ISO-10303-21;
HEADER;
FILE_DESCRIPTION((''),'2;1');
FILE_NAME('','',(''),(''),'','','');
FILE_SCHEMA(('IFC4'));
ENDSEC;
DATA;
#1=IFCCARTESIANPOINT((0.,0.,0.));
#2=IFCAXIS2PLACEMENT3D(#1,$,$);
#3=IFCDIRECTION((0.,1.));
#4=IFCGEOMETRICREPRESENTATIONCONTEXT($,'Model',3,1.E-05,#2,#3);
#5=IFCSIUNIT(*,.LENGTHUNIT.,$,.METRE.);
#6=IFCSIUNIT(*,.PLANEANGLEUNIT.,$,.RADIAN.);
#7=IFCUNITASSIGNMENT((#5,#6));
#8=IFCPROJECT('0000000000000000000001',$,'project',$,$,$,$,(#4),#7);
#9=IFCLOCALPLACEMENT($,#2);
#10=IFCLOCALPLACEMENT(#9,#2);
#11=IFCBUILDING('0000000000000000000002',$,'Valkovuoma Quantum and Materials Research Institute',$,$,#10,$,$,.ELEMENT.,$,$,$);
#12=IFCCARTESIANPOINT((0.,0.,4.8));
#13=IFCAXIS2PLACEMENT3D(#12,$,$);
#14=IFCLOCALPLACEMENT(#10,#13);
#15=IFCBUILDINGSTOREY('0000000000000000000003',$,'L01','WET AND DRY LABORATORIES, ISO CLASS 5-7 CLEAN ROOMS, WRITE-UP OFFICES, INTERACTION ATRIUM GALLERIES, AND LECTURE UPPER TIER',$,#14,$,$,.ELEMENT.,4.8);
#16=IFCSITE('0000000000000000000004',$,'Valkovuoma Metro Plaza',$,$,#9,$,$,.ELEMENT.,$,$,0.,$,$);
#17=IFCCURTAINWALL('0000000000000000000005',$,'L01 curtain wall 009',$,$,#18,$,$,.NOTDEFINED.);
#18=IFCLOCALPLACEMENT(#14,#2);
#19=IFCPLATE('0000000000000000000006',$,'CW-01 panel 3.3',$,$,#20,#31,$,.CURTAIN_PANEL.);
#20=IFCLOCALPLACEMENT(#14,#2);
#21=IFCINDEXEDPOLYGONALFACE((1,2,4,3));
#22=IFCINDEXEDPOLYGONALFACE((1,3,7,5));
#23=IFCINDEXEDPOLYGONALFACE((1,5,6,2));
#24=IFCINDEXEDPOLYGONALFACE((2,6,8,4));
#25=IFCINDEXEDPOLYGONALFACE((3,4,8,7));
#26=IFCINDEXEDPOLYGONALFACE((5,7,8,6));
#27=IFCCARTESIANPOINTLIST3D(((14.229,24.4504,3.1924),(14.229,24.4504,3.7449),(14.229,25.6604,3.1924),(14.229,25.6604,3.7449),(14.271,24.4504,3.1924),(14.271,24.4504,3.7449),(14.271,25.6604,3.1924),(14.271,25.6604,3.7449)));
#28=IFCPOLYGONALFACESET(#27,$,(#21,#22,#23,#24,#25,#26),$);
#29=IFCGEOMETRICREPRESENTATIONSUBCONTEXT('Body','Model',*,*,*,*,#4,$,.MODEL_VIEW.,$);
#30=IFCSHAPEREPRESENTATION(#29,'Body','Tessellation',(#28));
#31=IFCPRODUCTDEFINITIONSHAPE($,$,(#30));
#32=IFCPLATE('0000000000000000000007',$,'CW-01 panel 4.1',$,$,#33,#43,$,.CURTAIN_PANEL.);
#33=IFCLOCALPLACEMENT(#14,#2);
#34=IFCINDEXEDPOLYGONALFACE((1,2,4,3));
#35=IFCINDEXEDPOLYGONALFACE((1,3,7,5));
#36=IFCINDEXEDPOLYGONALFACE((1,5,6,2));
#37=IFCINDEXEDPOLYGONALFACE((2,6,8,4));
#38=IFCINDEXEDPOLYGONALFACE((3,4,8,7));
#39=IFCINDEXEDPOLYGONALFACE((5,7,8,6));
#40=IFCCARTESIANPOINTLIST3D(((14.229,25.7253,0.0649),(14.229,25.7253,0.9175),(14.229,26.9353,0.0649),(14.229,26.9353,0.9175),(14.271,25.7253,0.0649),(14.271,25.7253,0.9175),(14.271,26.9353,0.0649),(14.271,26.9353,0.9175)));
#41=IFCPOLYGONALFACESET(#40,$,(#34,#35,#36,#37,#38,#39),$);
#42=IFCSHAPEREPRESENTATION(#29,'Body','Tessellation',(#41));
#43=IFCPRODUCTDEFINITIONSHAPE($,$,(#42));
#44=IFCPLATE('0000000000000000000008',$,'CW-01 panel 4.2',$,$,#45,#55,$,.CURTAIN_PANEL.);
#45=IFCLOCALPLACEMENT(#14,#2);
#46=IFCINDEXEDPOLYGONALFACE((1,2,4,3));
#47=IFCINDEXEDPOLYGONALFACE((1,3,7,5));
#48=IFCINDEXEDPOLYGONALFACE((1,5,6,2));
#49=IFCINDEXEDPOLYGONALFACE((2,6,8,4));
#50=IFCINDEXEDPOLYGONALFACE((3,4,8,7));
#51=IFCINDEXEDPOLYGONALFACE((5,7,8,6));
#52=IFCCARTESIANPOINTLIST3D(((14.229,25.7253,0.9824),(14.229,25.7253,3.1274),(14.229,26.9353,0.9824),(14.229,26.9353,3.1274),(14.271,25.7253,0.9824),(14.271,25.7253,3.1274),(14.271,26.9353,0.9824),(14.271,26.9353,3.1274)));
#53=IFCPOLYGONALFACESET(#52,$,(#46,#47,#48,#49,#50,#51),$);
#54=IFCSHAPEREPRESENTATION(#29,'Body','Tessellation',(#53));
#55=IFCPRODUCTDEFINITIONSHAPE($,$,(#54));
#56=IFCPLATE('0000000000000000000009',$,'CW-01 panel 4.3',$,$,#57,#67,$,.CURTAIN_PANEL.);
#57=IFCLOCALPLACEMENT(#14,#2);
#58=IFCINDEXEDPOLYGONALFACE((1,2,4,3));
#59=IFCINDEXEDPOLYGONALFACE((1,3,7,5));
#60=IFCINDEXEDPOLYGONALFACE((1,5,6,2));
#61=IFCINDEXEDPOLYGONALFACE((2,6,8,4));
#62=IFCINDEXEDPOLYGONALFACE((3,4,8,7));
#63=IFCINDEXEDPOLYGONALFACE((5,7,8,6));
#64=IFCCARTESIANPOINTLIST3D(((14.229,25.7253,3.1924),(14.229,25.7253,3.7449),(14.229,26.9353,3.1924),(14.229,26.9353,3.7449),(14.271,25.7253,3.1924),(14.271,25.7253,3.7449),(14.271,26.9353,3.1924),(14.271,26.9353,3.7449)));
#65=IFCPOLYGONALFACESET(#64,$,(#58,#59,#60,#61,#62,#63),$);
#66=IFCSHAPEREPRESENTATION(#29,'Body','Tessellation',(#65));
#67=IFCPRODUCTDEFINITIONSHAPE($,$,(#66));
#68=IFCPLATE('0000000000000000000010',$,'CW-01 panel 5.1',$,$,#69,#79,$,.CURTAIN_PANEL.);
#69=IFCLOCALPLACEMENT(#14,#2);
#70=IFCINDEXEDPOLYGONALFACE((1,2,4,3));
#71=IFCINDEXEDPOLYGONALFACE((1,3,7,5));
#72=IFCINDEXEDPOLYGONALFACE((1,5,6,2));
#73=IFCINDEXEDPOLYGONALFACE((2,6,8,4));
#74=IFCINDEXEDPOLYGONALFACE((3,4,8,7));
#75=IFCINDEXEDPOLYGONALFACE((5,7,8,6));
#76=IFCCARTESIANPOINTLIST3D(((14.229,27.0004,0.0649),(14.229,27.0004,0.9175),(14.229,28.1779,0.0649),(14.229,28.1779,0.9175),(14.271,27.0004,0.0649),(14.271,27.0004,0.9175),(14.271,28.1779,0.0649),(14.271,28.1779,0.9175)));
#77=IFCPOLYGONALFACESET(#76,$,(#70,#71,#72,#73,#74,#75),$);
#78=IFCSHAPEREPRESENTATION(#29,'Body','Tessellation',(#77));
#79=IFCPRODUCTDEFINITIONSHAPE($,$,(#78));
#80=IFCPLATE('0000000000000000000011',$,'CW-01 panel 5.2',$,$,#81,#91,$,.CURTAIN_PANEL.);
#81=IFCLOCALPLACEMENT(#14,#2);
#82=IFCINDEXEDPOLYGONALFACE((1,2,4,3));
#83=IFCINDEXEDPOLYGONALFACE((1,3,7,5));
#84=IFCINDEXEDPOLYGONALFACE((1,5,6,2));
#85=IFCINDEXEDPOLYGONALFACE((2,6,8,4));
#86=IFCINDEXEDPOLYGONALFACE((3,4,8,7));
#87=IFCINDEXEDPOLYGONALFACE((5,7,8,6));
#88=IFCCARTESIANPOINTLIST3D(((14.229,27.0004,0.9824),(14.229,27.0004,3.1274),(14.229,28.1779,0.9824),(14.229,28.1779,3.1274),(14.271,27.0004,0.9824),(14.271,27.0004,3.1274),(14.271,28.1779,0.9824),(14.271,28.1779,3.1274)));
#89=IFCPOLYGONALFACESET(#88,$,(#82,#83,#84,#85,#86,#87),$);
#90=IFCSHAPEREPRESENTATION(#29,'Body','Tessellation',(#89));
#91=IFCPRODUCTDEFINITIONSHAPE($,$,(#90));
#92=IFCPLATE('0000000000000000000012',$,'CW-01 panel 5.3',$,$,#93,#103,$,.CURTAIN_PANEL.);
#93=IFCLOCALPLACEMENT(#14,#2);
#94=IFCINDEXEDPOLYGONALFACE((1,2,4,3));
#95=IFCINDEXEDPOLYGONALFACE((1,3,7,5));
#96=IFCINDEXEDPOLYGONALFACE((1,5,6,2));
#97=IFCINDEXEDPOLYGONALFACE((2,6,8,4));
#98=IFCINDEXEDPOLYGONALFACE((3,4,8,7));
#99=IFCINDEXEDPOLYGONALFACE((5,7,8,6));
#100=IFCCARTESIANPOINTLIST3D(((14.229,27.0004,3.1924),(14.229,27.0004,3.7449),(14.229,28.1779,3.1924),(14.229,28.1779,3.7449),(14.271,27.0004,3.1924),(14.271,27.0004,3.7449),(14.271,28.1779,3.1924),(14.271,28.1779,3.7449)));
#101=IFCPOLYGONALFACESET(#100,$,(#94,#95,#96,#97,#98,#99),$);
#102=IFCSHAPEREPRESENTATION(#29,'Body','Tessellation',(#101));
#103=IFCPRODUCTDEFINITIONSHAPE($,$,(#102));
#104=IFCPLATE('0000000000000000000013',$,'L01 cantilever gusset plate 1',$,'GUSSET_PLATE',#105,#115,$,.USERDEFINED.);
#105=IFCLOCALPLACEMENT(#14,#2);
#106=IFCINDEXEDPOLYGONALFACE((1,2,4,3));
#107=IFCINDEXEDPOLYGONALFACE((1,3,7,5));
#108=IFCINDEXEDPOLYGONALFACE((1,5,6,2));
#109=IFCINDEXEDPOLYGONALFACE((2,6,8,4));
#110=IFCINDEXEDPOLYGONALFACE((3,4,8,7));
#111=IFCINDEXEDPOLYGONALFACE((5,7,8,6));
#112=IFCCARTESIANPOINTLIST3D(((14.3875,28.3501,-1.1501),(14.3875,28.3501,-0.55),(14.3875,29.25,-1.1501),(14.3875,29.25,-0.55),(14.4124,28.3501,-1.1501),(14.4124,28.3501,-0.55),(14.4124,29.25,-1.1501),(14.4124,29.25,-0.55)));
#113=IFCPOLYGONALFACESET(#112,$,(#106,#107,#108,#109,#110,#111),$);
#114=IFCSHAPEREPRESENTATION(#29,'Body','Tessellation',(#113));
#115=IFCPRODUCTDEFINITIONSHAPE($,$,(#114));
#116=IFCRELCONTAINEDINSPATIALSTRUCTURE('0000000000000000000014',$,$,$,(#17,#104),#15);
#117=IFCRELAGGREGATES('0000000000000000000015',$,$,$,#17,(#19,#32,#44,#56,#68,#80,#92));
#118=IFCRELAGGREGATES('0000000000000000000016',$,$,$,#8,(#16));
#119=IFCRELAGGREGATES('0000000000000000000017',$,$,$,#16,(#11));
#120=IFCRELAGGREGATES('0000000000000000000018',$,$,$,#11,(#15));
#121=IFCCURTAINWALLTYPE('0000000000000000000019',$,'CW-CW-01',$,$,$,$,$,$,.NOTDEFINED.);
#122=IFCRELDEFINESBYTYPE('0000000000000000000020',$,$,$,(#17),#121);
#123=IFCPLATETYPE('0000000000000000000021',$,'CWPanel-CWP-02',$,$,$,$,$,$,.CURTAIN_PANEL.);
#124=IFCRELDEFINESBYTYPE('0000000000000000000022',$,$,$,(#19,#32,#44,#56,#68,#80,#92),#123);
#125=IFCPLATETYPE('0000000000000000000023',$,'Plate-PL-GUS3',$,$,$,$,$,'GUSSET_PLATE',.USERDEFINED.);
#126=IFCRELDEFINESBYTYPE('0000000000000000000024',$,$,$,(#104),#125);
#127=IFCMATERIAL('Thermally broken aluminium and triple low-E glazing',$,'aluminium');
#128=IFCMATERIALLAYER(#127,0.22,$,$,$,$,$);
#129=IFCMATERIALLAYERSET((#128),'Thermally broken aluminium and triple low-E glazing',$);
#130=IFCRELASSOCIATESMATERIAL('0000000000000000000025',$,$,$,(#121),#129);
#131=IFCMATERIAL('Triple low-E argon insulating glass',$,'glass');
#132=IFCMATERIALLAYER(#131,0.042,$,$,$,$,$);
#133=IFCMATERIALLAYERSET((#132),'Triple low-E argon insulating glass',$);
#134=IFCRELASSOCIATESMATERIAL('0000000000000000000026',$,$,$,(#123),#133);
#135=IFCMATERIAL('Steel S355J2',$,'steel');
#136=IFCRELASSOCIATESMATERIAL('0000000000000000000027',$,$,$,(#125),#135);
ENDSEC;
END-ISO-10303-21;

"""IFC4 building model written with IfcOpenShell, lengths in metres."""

from ifc_helpers import new_model, si_unit, direction, frame, origin, origin_2d, place, context, subcontext, project, spatial, rectangle, extrude, material, layer, layer_set, type_object, element, aggregate, save


model = new_model("IFC4")

# Units and contexts
model_context = context("Model", 3, precision=1e-05, world=origin(), true_north=direction((0.0, 1.0)))
body_context = subcontext(model_context, "Body", "Model", "MODEL_VIEW")
ifc_project = project(units=[si_unit("LENGTHUNIT", "METRE"), si_unit("PLANEANGLEUNIT", "RADIAN")], contexts=[model_context])

# Site, building, storey
site_placement = place(None, origin())
site = spatial("IfcSite", under=ifc_project, at=site_placement, Name="Valkovuoma Metro Plaza", CompositionType="ELEMENT", RefElevation=0.0)
building_placement = place(site_placement, origin())
building = spatial("IfcBuilding", under=site, at=building_placement, Name="Valkovuoma Quantum and Materials Research Institute", CompositionType="ELEMENT")
storey_placement = place(building_placement, frame((0.0, 0.0, 4.8)))
storey = spatial("IfcBuildingStorey", under=building, at=storey_placement, Name="L01", Description="WET AND DRY LABORATORIES, ISO CLASS 5-7 CLEAN ROOMS, WRITE-UP OFFICES, INTERACTION ATRIUM GALLERIES, AND LECTURE UPPER TIER", CompositionType="ELEMENT", Elevation=4.8)

# Curtain wall
ifc_material_1 = material(Name="Thermally broken aluminium and triple low-E glazing", Category="aluminium")
ifc_layer_1 = layer(ifc_material_1, 0.22)
ifc_layer_set_1 = layer_set([ifc_layer_1], Name="Thermally broken aluminium and triple low-E glazing")
curtain_wall_type = type_object("IfcCurtainWallType", Name="CW-CW-01", PredefinedType="NOTDEFINED", material=ifc_layer_set_1)
curtain_wall_1_placement = place(storey_placement, origin())
curtain_wall_1 = element("IfcCurtainWall", 1, at=curtain_wall_1_placement, inside=storey, type_object=curtain_wall_type, Name="L01 curtain wall 009", PredefinedType="NOTDEFINED")

# Plates
ifc_material_2 = material(Name="Triple low-E argon insulating glass", Category="glass")
ifc_layer_2 = layer(ifc_material_2, 0.042)
ifc_layer_set_2 = layer_set([ifc_layer_2], Name="Triple low-E argon insulating glass")
plate_type_1 = type_object("IfcPlateType", Name="CWPanel-CWP-02", PredefinedType="CURTAIN_PANEL", material=ifc_layer_set_2)
plate_1_placement = place(storey_placement, frame((14.25, 25.0554, 3.1924), z_axis=(0.0, 0.0, 1.0), x_axis=(0.0, 1.0, 0.0)))
plate_1 = element("IfcPlate", 2, at=plate_1_placement, type_object=plate_type_1, Name="CW-01 panel 3.3", PredefinedType="CURTAIN_PANEL", context=body_context, shape_type="SweptSolid", body=[
    extrude(rectangle(XDim=1.21, YDim=0.042, at=origin_2d()), origin(), (0.0, 0.0, 1.0), 0.5525),
])
plate_2_placement = place(storey_placement, frame((14.25, 26.3303, 0.0649), z_axis=(0.0, 0.0, 1.0), x_axis=(0.0, 1.0, 0.0)))
plate_2 = element("IfcPlate", 3, at=plate_2_placement, type_object=plate_type_1, Name="CW-01 panel 4.1", PredefinedType="CURTAIN_PANEL", context=body_context, shape_type="SweptSolid", body=[
    extrude(rectangle(XDim=1.21, YDim=0.042, at=origin_2d()), origin(), (0.0, 0.0, 1.0), 0.8525),
])
plate_3_placement = place(storey_placement, frame((14.25, 26.3303, 0.9824), z_axis=(0.0, 0.0, 1.0), x_axis=(0.0, 1.0, 0.0)))
plate_3 = element("IfcPlate", 4, at=plate_3_placement, type_object=plate_type_1, Name="CW-01 panel 4.2", PredefinedType="CURTAIN_PANEL", context=body_context, shape_type="SweptSolid", body=[
    extrude(rectangle(XDim=1.21, YDim=0.042, at=origin_2d()), origin(), (0.0, 0.0, 1.0), 2.145),
])
plate_4_placement = place(storey_placement, frame((14.25, 26.3303, 3.1924), z_axis=(0.0, 0.0, 1.0), x_axis=(0.0, 1.0, 0.0)))
plate_4 = element("IfcPlate", 5, at=plate_4_placement, type_object=plate_type_1, Name="CW-01 panel 4.3", PredefinedType="CURTAIN_PANEL", context=body_context, shape_type="SweptSolid", body=[
    extrude(rectangle(XDim=1.21, YDim=0.042, at=origin_2d()), origin(), (0.0, 0.0, 1.0), 0.5525),
])
plate_5_placement = place(storey_placement, frame((14.25, 27.5891, 0.0649), z_axis=(0.0, 0.0, 1.0), x_axis=(0.0, 1.0, 0.0)))
plate_5 = element("IfcPlate", 6, at=plate_5_placement, type_object=plate_type_1, Name="CW-01 panel 5.1", PredefinedType="CURTAIN_PANEL", context=body_context, shape_type="SweptSolid", body=[
    extrude(rectangle(XDim=1.1775, YDim=0.042, at=origin_2d()), origin(), (0.0, 0.0, 1.0), 0.8525),
])
plate_6_placement = place(storey_placement, frame((14.25, 27.5891, 0.9824), z_axis=(0.0, 0.0, 1.0), x_axis=(0.0, 1.0, 0.0)))
plate_6 = element("IfcPlate", 7, at=plate_6_placement, type_object=plate_type_1, Name="CW-01 panel 5.2", PredefinedType="CURTAIN_PANEL", context=body_context, shape_type="SweptSolid", body=[
    extrude(rectangle(XDim=1.1775, YDim=0.042, at=origin_2d()), origin(), (0.0, 0.0, 1.0), 2.145),
])
plate_7_placement = place(storey_placement, frame((14.25, 27.5891, 3.1924), z_axis=(0.0, 0.0, 1.0), x_axis=(0.0, 1.0, 0.0)))
plate_7 = element("IfcPlate", 8, at=plate_7_placement, type_object=plate_type_1, Name="CW-01 panel 5.3", PredefinedType="CURTAIN_PANEL", context=body_context, shape_type="SweptSolid", body=[
    extrude(rectangle(XDim=1.1775, YDim=0.042, at=origin_2d()), origin(), (0.0, 0.0, 1.0), 0.5525),
])
aggregate(curtain_wall_1, [plate_1, plate_2, plate_3, plate_4, plate_5, plate_6, plate_7])
ifc_material_3 = material(Name="Steel S355J2", Category="steel")
plate_type_2 = type_object("IfcPlateType", Name="Plate-PL-GUS3", ElementType="GUSSET_PLATE", PredefinedType="USERDEFINED", material=ifc_material_3)
plate_8_placement = place(storey_placement, frame((14.3999, 28.8, -1.1501), z_axis=(0.0, 0.0, 1.0), x_axis=(0.0, 1.0, 0.0)))
element("IfcPlate", 9, at=plate_8_placement, inside=storey, type_object=plate_type_2, Name="L01 cantilever gusset plate 1", ObjectType="GUSSET_PLATE", PredefinedType="USERDEFINED", context=body_context, shape_type="SweptSolid", body=[
    extrude(rectangle(XDim=0.8999, YDim=0.0249, at=origin_2d()), origin(), (0.0, 0.0, 1.0), 0.6001),
])

save(model, "model.ifc")
